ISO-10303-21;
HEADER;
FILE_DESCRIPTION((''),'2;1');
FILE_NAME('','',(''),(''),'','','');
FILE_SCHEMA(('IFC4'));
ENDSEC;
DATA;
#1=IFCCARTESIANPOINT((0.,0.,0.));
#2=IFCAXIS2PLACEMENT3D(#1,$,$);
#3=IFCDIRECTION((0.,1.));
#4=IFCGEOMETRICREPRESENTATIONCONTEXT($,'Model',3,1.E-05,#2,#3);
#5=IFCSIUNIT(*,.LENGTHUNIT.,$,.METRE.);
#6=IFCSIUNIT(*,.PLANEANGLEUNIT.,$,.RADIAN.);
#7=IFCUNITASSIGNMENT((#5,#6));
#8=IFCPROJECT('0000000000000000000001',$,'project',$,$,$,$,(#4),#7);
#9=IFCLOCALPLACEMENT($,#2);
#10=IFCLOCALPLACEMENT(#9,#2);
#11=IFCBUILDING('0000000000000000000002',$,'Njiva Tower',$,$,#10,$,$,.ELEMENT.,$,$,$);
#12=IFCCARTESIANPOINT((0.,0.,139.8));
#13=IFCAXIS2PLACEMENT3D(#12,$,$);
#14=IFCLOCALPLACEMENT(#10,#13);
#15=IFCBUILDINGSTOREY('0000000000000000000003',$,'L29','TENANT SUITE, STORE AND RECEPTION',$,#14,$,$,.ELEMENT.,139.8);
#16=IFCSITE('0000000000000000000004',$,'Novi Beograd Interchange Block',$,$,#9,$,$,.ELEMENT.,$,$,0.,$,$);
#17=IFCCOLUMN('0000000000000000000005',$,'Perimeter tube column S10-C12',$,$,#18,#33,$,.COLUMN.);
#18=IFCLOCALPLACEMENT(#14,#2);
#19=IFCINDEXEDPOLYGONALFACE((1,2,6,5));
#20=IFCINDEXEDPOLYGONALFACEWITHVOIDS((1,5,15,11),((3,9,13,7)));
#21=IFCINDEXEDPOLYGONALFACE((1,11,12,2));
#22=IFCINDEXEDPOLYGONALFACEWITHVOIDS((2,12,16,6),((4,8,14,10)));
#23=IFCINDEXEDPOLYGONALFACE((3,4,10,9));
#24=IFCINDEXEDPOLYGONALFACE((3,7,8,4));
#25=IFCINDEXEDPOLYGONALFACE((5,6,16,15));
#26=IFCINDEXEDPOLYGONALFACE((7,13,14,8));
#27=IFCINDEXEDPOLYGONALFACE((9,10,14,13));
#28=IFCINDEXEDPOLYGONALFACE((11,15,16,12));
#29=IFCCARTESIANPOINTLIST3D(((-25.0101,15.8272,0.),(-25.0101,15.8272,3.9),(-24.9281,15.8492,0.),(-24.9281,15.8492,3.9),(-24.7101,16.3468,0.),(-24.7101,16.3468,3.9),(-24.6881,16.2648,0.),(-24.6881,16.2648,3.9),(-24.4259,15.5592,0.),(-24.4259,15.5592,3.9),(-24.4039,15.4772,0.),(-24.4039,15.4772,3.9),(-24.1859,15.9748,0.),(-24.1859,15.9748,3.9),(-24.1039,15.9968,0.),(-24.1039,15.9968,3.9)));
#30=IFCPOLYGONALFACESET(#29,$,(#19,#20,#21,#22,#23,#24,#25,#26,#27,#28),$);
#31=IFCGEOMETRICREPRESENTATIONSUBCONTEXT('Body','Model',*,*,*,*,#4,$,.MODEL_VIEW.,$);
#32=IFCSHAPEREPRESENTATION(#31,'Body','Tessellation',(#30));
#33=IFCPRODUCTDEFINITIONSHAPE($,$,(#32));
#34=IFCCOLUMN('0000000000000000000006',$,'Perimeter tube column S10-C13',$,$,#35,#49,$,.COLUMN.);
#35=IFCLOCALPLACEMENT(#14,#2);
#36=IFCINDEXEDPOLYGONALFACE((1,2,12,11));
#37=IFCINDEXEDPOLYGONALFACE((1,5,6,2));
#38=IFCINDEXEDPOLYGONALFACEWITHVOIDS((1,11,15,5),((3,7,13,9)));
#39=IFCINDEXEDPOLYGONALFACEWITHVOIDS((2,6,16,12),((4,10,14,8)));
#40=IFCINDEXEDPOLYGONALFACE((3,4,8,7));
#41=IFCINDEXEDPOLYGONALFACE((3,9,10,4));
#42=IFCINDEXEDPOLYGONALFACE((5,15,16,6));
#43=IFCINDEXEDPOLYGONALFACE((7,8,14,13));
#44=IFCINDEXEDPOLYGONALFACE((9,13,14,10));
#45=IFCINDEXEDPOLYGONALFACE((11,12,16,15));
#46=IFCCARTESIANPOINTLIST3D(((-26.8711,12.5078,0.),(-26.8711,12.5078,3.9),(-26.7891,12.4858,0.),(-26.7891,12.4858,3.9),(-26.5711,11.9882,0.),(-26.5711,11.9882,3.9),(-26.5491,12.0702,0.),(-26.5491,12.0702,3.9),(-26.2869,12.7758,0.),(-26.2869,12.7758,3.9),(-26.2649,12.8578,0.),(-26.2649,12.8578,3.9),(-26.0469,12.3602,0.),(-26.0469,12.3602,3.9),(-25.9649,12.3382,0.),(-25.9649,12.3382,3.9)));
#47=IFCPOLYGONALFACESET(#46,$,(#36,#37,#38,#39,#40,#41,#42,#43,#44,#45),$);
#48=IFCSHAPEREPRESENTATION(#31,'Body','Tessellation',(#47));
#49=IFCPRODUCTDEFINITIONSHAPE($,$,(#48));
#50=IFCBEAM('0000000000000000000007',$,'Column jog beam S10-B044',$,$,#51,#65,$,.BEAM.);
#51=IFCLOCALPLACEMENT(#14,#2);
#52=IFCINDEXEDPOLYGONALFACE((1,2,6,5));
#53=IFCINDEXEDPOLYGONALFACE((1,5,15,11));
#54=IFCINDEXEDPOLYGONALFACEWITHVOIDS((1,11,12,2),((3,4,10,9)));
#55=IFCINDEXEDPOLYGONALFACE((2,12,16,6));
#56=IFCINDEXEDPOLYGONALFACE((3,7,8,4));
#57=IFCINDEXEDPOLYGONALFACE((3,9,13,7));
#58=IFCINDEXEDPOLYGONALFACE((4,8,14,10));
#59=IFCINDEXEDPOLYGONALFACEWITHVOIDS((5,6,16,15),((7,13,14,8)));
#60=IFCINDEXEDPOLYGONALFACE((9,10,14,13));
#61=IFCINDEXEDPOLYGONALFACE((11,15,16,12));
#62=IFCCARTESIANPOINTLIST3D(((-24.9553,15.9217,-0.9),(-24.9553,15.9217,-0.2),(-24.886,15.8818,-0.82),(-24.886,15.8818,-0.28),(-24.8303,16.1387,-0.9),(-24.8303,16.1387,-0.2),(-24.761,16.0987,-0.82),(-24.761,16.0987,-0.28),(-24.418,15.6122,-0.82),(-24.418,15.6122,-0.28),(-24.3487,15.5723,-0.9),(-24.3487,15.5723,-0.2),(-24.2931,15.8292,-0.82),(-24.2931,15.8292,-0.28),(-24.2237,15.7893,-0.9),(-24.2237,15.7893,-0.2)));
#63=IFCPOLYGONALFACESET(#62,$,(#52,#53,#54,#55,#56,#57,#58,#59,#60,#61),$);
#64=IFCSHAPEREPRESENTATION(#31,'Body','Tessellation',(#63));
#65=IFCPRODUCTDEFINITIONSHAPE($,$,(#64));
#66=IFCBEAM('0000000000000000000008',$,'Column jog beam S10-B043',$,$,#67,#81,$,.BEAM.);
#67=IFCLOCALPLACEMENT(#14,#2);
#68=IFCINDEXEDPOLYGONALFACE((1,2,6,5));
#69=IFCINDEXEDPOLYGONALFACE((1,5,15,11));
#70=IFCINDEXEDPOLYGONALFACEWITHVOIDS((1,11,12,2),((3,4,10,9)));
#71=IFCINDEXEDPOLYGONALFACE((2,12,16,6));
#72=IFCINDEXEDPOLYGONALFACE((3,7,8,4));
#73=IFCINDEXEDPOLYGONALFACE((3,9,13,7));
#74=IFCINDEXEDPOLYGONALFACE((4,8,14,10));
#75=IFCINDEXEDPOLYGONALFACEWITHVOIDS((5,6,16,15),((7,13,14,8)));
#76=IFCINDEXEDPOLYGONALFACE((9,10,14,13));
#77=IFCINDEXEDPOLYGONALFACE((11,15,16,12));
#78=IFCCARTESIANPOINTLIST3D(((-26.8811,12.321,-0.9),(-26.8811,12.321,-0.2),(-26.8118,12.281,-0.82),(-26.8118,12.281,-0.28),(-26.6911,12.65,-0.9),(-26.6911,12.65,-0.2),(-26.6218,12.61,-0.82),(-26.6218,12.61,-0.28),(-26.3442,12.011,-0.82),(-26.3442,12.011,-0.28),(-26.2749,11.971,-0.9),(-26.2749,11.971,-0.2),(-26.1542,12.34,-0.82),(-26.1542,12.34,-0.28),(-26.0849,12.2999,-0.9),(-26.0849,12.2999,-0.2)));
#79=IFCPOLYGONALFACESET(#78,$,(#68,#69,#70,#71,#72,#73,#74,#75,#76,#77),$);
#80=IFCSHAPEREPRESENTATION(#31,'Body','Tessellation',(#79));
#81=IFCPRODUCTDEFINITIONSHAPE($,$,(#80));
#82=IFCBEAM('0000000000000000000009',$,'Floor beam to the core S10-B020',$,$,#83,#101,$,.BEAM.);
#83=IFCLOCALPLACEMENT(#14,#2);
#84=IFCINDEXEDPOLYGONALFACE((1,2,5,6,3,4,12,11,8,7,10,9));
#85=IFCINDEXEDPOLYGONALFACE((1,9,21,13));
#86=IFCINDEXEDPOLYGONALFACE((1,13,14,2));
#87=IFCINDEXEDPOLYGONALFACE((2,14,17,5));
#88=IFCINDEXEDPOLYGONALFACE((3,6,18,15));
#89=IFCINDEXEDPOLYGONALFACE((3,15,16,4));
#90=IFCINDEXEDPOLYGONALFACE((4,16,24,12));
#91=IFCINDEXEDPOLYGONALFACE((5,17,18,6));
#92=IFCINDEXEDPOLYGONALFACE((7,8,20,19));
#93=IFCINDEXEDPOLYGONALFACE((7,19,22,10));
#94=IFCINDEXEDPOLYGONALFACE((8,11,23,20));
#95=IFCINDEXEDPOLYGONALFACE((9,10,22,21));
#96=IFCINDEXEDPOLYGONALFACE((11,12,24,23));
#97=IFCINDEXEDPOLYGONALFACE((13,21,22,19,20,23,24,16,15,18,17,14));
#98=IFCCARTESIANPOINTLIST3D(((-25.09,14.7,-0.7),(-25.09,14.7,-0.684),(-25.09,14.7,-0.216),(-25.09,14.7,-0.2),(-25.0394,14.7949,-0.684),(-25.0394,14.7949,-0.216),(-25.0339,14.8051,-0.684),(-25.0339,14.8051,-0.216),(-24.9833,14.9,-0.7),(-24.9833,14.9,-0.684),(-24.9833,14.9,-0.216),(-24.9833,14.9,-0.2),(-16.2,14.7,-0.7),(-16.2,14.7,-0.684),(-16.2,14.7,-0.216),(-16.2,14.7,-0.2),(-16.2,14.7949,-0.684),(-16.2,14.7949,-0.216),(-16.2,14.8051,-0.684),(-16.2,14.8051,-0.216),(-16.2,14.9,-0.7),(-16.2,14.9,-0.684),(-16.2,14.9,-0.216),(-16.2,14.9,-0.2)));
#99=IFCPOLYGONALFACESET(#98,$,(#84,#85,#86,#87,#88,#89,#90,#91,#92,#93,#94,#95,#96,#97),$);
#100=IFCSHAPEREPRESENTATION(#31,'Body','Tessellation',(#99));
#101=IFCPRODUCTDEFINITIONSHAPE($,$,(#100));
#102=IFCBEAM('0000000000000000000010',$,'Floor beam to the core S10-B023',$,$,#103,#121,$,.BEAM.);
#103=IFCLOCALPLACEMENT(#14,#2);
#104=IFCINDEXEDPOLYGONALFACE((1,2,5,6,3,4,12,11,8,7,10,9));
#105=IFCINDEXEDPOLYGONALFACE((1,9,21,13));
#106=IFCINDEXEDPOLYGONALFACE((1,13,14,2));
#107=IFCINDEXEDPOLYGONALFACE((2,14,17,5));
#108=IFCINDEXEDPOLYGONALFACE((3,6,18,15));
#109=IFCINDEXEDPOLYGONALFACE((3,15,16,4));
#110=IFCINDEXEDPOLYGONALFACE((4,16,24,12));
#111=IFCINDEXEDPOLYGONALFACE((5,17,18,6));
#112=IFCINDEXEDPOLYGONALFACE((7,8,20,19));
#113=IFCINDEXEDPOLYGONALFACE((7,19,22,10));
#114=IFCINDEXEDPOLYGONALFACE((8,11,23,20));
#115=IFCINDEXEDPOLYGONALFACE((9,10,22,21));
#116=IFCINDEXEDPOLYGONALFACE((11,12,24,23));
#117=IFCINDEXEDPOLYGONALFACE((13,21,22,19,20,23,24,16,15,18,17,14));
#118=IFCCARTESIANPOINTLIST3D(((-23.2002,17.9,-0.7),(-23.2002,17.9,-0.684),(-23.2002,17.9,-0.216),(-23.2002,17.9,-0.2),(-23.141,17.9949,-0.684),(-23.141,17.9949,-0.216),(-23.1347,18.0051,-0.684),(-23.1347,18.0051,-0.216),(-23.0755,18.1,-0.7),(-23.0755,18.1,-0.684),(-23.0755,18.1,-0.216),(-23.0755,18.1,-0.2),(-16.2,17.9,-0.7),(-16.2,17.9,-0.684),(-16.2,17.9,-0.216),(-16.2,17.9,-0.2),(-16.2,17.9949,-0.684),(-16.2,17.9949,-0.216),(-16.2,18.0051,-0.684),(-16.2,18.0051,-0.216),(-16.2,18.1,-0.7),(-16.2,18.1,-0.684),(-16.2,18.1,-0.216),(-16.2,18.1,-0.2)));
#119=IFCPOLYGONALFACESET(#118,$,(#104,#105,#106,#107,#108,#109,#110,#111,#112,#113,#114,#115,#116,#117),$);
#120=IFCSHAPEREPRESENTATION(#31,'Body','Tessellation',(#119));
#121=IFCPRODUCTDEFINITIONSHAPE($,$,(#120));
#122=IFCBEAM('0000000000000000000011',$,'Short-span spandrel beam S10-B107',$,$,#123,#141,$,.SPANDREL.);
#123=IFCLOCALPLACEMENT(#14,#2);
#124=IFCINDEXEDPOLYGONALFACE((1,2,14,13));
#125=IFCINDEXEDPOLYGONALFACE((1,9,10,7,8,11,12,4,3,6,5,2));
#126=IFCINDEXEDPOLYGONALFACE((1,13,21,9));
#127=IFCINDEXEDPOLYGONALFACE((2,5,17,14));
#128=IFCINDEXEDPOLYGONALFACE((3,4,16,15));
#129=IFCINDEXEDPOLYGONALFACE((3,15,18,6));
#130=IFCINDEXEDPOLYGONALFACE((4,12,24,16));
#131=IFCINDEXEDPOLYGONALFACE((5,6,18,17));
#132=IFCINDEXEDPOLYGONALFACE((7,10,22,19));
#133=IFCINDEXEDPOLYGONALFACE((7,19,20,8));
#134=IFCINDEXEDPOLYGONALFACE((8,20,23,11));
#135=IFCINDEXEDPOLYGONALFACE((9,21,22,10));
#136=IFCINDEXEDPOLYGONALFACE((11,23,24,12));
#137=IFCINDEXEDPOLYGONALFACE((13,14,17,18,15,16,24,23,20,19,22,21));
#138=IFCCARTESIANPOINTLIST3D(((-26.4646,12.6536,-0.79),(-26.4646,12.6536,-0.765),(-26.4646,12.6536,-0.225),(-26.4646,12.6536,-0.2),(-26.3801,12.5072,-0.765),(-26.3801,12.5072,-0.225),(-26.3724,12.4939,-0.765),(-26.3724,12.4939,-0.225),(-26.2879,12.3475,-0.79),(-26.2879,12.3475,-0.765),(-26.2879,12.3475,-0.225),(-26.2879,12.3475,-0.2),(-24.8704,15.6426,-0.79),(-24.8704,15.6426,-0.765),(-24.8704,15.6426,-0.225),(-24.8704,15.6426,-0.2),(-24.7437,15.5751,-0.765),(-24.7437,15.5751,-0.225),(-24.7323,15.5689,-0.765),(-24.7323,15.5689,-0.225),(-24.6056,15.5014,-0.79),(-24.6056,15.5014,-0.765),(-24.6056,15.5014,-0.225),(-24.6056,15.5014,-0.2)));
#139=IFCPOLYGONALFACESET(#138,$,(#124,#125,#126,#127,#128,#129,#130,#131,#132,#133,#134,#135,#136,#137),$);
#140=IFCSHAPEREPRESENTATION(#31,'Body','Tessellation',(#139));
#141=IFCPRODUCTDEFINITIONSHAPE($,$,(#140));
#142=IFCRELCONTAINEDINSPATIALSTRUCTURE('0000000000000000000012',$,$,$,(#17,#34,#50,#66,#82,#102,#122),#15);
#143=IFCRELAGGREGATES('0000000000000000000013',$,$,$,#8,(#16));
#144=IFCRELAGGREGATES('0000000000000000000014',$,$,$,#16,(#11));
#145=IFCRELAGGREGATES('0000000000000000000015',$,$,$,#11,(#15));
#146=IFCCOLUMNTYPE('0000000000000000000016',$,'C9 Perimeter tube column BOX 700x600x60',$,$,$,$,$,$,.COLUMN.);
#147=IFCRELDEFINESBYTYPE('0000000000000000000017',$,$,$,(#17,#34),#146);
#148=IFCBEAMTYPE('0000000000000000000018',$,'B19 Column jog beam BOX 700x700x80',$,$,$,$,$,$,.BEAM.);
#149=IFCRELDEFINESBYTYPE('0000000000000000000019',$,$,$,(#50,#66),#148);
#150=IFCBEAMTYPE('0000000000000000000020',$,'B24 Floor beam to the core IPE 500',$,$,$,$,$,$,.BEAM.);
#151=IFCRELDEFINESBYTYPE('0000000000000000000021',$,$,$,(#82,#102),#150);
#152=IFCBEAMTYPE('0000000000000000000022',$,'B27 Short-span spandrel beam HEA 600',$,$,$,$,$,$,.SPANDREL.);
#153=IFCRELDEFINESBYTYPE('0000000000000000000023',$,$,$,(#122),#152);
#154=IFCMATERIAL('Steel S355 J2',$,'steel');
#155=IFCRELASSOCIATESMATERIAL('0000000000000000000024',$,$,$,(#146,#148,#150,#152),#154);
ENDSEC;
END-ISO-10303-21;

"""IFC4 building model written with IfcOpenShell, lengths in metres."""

from ifc_helpers import new_model, si_unit, direction, frame, origin, origin_2d, place, context, subcontext, project, spatial, hollow_rectangle, i_section, extrude, clip, halfspace, material, material_profile, profile_set, type_object, element, save


model = new_model("IFC4")

# Units and contexts
model_context = context("Model", 3, precision=1e-05, world=origin(), true_north=direction((0.0, 1.0)))
body_context = subcontext(model_context, "Body", "Model", "MODEL_VIEW")
ifc_project = project(units=[si_unit("LENGTHUNIT", "METRE"), si_unit("PLANEANGLEUNIT", "RADIAN")], contexts=[model_context])

# Site, building, storey
site_placement = place(None, origin())
site = spatial("IfcSite", under=ifc_project, at=site_placement, Name="Novi Beograd Interchange Block", CompositionType="ELEMENT", RefElevation=0.0)
building_placement = place(site_placement, origin())
building = spatial("IfcBuilding", under=site, at=building_placement, Name="Njiva Tower", CompositionType="ELEMENT")
storey_placement = place(building_placement, frame((0.0, 0.0, 139.8)))
storey = spatial("IfcBuildingStorey", under=building, at=storey_placement, Name="L29", Description="TENANT SUITE, STORE AND RECEPTION", CompositionType="ELEMENT", Elevation=139.8)

# Columns
ifc_material_1 = material(Name="Steel S355 J2", Category="steel")
ifc_material_profile_1 = material_profile(ifc_material_1, hollow_rectangle(XDim=0.6, YDim=0.7, WallThickness=0.06, at=origin_2d()), Name="BOX 700x600x60")
ifc_profile_set_1 = profile_set([ifc_material_profile_1], Name="Steel S355 J2")
column_type = type_object("IfcColumnType", Name="C9 Perimeter tube column BOX 700x600x60", PredefinedType="COLUMN", material=ifc_profile_set_1)
for number, where, z_axis, x_axis, name in (
    (1, (-24.557, 15.912, 0.0), (0.0, 0.0, 1.0), (-0.5, -0.866025, 0.0), "Perimeter tube column S10-C12"),
    (2, (-26.418, 12.423, 0.0), (0.0, 0.0, 1.0), (0.5, -0.866025, 0.0), "Perimeter tube column S10-C13"),
):
    element("IfcColumn", number, at=place(storey_placement, frame(where, z_axis=z_axis, x_axis=x_axis)), inside=storey, type_object=column_type, Name=name, PredefinedType="COLUMN", context=body_context, shape_type="SweptSolid", body=[
        extrude(hollow_rectangle(XDim=0.6, YDim=0.7, WallThickness=0.06, at=origin_2d()), origin(), (0.0, 0.0, 1.0), 3.9),
    ])

# Beams
ifc_material_profile_2 = material_profile(ifc_material_1, hollow_rectangle(XDim=0.7, YDim=0.7, WallThickness=0.08, at=origin_2d()), Name="BOX 700x700x80")
ifc_profile_set_2 = profile_set([ifc_material_profile_2], Name="Steel S355 J2")
beam_type_1 = type_object("IfcBeamType", Name="B19 Column jog beam BOX 700x700x80", PredefinedType="BEAM", material=ifc_profile_set_2)
beam_1_placement = place(storey_placement, frame((-24.652, 15.747, -0.55), z_axis=(0.499146, 0.866518, 0.0), x_axis=(-0.866518, 0.499146, 0.0)))
element("IfcBeam", 3, at=beam_1_placement, inside=storey, type_object=beam_type_1, Name="Column jog beam S10-B044", PredefinedType="BEAM", context=body_context, shape_type="SweptSolid", body=[
    extrude(hollow_rectangle(XDim=0.7, YDim=0.7, WallThickness=0.08, at=origin_2d()), origin(), (0.0, 0.0, 1.0), 0.2504),
])
beam_2_placement = place(storey_placement, frame((-26.578, 12.146, -0.55), z_axis=(0.500102, 0.865966, 0.0), x_axis=(-0.865966, 0.500102, 0.0)))
element("IfcBeam", 4, at=beam_2_placement, inside=storey, type_object=beam_type_1, Name="Column jog beam S10-B043", PredefinedType="BEAM", context=body_context, shape_type="SweptSolid", body=[
    extrude(hollow_rectangle(XDim=0.7, YDim=0.7, WallThickness=0.08, at=origin_2d()), origin(), (0.0, 0.0, 1.0), 0.3799),
])
ifc_material_profile_3 = material_profile(ifc_material_1, i_section(OverallWidth=0.2, OverallDepth=0.5, WebThickness=0.0102, FlangeThickness=0.016, at=origin_2d()), Name="IPE 500")
ifc_profile_set_3 = profile_set([ifc_material_profile_3], Name="Steel S355 J2")
beam_type_2 = type_object("IfcBeamType", Name="B24 Floor beam to the core IPE 500", PredefinedType="BEAM", material=ifc_profile_set_3)
beam_3_placement = place(storey_placement, frame((-25.11, 14.8, -0.45), z_axis=(1.0, 0.0, 0.0), x_axis=(0.0, 1.0, 0.0)))
element("IfcBeam", 5, at=beam_3_placement, inside=storey, type_object=beam_type_2, Name="Floor beam to the core S10-B020", PredefinedType="BEAM", context=body_context, shape_type="Clipping", body=[
    clip(extrude(i_section(OverallWidth=0.2, OverallDepth=0.5, WebThickness=0.0102, FlangeThickness=0.016, at=origin_2d()), origin(), (0.0, 0.0, 1.0), 8.91), halfspace(frame((0.0235, 0.0, 0.0859), z_axis=(0.470559, 0.0, -0.882368), x_axis=(0.0, -1.0, 0.0)), False)),
])
beam_4_placement = place(storey_placement, frame((-23.22, 18.0, -0.45), z_axis=(1.0, 0.0, 0.0), x_axis=(0.0, 1.0, 0.0)))
element("IfcBeam", 6, at=beam_4_placement, inside=storey, type_object=beam_type_2, Name="Floor beam to the core S10-B023", PredefinedType="BEAM", context=body_context, shape_type="Clipping", body=[
    clip(extrude(i_section(OverallWidth=0.2, OverallDepth=0.5, WebThickness=0.0102, FlangeThickness=0.016, at=origin_2d()), origin(), (0.0, 0.0, 1.0), 7.02), halfspace(frame((0.0264, 0.0, 0.0986), z_axis=(0.528871, 0.0, -0.848702), x_axis=(0.0, -1.0, 0.0)), False)),
])
ifc_material_profile_4 = material_profile(ifc_material_1, i_section(OverallWidth=0.3, OverallDepth=0.59, WebThickness=0.013, FlangeThickness=0.025, at=origin_2d()), Name="HEA 600")
ifc_profile_set_4 = profile_set([ifc_material_profile_4], Name="Steel S355 J2")
beam_type_3 = type_object("IfcBeamType", Name="B27 Short-span spandrel beam HEA 600", PredefinedType="SPANDREL", material=ifc_profile_set_4)
beam_5_placement = place(storey_placement, frame((-24.738, 15.572, -0.495), z_axis=(-0.470618, -0.882337, 0.0), x_axis=(0.882337, -0.470618, 0.0)))
element("IfcBeam", 7, at=beam_5_placement, inside=storey, type_object=beam_type_3, Name="Short-span spandrel beam S10-B107", PredefinedType="SPANDREL", context=body_context, shape_type="Clipping", body=[
    clip(extrude(i_section(OverallWidth=0.3, OverallDepth=0.59, WebThickness=0.013, FlangeThickness=0.025, at=origin_2d()), origin(), (0.0, 0.0, 1.0), 3.5935), halfspace(frame((-0.0264, 0.0, 3.4646), z_axis=(-0.528819, 0.0, 0.848734), x_axis=(0.0, 1.0, 0.0)), False)),
])

save(model, "model.ifc")
